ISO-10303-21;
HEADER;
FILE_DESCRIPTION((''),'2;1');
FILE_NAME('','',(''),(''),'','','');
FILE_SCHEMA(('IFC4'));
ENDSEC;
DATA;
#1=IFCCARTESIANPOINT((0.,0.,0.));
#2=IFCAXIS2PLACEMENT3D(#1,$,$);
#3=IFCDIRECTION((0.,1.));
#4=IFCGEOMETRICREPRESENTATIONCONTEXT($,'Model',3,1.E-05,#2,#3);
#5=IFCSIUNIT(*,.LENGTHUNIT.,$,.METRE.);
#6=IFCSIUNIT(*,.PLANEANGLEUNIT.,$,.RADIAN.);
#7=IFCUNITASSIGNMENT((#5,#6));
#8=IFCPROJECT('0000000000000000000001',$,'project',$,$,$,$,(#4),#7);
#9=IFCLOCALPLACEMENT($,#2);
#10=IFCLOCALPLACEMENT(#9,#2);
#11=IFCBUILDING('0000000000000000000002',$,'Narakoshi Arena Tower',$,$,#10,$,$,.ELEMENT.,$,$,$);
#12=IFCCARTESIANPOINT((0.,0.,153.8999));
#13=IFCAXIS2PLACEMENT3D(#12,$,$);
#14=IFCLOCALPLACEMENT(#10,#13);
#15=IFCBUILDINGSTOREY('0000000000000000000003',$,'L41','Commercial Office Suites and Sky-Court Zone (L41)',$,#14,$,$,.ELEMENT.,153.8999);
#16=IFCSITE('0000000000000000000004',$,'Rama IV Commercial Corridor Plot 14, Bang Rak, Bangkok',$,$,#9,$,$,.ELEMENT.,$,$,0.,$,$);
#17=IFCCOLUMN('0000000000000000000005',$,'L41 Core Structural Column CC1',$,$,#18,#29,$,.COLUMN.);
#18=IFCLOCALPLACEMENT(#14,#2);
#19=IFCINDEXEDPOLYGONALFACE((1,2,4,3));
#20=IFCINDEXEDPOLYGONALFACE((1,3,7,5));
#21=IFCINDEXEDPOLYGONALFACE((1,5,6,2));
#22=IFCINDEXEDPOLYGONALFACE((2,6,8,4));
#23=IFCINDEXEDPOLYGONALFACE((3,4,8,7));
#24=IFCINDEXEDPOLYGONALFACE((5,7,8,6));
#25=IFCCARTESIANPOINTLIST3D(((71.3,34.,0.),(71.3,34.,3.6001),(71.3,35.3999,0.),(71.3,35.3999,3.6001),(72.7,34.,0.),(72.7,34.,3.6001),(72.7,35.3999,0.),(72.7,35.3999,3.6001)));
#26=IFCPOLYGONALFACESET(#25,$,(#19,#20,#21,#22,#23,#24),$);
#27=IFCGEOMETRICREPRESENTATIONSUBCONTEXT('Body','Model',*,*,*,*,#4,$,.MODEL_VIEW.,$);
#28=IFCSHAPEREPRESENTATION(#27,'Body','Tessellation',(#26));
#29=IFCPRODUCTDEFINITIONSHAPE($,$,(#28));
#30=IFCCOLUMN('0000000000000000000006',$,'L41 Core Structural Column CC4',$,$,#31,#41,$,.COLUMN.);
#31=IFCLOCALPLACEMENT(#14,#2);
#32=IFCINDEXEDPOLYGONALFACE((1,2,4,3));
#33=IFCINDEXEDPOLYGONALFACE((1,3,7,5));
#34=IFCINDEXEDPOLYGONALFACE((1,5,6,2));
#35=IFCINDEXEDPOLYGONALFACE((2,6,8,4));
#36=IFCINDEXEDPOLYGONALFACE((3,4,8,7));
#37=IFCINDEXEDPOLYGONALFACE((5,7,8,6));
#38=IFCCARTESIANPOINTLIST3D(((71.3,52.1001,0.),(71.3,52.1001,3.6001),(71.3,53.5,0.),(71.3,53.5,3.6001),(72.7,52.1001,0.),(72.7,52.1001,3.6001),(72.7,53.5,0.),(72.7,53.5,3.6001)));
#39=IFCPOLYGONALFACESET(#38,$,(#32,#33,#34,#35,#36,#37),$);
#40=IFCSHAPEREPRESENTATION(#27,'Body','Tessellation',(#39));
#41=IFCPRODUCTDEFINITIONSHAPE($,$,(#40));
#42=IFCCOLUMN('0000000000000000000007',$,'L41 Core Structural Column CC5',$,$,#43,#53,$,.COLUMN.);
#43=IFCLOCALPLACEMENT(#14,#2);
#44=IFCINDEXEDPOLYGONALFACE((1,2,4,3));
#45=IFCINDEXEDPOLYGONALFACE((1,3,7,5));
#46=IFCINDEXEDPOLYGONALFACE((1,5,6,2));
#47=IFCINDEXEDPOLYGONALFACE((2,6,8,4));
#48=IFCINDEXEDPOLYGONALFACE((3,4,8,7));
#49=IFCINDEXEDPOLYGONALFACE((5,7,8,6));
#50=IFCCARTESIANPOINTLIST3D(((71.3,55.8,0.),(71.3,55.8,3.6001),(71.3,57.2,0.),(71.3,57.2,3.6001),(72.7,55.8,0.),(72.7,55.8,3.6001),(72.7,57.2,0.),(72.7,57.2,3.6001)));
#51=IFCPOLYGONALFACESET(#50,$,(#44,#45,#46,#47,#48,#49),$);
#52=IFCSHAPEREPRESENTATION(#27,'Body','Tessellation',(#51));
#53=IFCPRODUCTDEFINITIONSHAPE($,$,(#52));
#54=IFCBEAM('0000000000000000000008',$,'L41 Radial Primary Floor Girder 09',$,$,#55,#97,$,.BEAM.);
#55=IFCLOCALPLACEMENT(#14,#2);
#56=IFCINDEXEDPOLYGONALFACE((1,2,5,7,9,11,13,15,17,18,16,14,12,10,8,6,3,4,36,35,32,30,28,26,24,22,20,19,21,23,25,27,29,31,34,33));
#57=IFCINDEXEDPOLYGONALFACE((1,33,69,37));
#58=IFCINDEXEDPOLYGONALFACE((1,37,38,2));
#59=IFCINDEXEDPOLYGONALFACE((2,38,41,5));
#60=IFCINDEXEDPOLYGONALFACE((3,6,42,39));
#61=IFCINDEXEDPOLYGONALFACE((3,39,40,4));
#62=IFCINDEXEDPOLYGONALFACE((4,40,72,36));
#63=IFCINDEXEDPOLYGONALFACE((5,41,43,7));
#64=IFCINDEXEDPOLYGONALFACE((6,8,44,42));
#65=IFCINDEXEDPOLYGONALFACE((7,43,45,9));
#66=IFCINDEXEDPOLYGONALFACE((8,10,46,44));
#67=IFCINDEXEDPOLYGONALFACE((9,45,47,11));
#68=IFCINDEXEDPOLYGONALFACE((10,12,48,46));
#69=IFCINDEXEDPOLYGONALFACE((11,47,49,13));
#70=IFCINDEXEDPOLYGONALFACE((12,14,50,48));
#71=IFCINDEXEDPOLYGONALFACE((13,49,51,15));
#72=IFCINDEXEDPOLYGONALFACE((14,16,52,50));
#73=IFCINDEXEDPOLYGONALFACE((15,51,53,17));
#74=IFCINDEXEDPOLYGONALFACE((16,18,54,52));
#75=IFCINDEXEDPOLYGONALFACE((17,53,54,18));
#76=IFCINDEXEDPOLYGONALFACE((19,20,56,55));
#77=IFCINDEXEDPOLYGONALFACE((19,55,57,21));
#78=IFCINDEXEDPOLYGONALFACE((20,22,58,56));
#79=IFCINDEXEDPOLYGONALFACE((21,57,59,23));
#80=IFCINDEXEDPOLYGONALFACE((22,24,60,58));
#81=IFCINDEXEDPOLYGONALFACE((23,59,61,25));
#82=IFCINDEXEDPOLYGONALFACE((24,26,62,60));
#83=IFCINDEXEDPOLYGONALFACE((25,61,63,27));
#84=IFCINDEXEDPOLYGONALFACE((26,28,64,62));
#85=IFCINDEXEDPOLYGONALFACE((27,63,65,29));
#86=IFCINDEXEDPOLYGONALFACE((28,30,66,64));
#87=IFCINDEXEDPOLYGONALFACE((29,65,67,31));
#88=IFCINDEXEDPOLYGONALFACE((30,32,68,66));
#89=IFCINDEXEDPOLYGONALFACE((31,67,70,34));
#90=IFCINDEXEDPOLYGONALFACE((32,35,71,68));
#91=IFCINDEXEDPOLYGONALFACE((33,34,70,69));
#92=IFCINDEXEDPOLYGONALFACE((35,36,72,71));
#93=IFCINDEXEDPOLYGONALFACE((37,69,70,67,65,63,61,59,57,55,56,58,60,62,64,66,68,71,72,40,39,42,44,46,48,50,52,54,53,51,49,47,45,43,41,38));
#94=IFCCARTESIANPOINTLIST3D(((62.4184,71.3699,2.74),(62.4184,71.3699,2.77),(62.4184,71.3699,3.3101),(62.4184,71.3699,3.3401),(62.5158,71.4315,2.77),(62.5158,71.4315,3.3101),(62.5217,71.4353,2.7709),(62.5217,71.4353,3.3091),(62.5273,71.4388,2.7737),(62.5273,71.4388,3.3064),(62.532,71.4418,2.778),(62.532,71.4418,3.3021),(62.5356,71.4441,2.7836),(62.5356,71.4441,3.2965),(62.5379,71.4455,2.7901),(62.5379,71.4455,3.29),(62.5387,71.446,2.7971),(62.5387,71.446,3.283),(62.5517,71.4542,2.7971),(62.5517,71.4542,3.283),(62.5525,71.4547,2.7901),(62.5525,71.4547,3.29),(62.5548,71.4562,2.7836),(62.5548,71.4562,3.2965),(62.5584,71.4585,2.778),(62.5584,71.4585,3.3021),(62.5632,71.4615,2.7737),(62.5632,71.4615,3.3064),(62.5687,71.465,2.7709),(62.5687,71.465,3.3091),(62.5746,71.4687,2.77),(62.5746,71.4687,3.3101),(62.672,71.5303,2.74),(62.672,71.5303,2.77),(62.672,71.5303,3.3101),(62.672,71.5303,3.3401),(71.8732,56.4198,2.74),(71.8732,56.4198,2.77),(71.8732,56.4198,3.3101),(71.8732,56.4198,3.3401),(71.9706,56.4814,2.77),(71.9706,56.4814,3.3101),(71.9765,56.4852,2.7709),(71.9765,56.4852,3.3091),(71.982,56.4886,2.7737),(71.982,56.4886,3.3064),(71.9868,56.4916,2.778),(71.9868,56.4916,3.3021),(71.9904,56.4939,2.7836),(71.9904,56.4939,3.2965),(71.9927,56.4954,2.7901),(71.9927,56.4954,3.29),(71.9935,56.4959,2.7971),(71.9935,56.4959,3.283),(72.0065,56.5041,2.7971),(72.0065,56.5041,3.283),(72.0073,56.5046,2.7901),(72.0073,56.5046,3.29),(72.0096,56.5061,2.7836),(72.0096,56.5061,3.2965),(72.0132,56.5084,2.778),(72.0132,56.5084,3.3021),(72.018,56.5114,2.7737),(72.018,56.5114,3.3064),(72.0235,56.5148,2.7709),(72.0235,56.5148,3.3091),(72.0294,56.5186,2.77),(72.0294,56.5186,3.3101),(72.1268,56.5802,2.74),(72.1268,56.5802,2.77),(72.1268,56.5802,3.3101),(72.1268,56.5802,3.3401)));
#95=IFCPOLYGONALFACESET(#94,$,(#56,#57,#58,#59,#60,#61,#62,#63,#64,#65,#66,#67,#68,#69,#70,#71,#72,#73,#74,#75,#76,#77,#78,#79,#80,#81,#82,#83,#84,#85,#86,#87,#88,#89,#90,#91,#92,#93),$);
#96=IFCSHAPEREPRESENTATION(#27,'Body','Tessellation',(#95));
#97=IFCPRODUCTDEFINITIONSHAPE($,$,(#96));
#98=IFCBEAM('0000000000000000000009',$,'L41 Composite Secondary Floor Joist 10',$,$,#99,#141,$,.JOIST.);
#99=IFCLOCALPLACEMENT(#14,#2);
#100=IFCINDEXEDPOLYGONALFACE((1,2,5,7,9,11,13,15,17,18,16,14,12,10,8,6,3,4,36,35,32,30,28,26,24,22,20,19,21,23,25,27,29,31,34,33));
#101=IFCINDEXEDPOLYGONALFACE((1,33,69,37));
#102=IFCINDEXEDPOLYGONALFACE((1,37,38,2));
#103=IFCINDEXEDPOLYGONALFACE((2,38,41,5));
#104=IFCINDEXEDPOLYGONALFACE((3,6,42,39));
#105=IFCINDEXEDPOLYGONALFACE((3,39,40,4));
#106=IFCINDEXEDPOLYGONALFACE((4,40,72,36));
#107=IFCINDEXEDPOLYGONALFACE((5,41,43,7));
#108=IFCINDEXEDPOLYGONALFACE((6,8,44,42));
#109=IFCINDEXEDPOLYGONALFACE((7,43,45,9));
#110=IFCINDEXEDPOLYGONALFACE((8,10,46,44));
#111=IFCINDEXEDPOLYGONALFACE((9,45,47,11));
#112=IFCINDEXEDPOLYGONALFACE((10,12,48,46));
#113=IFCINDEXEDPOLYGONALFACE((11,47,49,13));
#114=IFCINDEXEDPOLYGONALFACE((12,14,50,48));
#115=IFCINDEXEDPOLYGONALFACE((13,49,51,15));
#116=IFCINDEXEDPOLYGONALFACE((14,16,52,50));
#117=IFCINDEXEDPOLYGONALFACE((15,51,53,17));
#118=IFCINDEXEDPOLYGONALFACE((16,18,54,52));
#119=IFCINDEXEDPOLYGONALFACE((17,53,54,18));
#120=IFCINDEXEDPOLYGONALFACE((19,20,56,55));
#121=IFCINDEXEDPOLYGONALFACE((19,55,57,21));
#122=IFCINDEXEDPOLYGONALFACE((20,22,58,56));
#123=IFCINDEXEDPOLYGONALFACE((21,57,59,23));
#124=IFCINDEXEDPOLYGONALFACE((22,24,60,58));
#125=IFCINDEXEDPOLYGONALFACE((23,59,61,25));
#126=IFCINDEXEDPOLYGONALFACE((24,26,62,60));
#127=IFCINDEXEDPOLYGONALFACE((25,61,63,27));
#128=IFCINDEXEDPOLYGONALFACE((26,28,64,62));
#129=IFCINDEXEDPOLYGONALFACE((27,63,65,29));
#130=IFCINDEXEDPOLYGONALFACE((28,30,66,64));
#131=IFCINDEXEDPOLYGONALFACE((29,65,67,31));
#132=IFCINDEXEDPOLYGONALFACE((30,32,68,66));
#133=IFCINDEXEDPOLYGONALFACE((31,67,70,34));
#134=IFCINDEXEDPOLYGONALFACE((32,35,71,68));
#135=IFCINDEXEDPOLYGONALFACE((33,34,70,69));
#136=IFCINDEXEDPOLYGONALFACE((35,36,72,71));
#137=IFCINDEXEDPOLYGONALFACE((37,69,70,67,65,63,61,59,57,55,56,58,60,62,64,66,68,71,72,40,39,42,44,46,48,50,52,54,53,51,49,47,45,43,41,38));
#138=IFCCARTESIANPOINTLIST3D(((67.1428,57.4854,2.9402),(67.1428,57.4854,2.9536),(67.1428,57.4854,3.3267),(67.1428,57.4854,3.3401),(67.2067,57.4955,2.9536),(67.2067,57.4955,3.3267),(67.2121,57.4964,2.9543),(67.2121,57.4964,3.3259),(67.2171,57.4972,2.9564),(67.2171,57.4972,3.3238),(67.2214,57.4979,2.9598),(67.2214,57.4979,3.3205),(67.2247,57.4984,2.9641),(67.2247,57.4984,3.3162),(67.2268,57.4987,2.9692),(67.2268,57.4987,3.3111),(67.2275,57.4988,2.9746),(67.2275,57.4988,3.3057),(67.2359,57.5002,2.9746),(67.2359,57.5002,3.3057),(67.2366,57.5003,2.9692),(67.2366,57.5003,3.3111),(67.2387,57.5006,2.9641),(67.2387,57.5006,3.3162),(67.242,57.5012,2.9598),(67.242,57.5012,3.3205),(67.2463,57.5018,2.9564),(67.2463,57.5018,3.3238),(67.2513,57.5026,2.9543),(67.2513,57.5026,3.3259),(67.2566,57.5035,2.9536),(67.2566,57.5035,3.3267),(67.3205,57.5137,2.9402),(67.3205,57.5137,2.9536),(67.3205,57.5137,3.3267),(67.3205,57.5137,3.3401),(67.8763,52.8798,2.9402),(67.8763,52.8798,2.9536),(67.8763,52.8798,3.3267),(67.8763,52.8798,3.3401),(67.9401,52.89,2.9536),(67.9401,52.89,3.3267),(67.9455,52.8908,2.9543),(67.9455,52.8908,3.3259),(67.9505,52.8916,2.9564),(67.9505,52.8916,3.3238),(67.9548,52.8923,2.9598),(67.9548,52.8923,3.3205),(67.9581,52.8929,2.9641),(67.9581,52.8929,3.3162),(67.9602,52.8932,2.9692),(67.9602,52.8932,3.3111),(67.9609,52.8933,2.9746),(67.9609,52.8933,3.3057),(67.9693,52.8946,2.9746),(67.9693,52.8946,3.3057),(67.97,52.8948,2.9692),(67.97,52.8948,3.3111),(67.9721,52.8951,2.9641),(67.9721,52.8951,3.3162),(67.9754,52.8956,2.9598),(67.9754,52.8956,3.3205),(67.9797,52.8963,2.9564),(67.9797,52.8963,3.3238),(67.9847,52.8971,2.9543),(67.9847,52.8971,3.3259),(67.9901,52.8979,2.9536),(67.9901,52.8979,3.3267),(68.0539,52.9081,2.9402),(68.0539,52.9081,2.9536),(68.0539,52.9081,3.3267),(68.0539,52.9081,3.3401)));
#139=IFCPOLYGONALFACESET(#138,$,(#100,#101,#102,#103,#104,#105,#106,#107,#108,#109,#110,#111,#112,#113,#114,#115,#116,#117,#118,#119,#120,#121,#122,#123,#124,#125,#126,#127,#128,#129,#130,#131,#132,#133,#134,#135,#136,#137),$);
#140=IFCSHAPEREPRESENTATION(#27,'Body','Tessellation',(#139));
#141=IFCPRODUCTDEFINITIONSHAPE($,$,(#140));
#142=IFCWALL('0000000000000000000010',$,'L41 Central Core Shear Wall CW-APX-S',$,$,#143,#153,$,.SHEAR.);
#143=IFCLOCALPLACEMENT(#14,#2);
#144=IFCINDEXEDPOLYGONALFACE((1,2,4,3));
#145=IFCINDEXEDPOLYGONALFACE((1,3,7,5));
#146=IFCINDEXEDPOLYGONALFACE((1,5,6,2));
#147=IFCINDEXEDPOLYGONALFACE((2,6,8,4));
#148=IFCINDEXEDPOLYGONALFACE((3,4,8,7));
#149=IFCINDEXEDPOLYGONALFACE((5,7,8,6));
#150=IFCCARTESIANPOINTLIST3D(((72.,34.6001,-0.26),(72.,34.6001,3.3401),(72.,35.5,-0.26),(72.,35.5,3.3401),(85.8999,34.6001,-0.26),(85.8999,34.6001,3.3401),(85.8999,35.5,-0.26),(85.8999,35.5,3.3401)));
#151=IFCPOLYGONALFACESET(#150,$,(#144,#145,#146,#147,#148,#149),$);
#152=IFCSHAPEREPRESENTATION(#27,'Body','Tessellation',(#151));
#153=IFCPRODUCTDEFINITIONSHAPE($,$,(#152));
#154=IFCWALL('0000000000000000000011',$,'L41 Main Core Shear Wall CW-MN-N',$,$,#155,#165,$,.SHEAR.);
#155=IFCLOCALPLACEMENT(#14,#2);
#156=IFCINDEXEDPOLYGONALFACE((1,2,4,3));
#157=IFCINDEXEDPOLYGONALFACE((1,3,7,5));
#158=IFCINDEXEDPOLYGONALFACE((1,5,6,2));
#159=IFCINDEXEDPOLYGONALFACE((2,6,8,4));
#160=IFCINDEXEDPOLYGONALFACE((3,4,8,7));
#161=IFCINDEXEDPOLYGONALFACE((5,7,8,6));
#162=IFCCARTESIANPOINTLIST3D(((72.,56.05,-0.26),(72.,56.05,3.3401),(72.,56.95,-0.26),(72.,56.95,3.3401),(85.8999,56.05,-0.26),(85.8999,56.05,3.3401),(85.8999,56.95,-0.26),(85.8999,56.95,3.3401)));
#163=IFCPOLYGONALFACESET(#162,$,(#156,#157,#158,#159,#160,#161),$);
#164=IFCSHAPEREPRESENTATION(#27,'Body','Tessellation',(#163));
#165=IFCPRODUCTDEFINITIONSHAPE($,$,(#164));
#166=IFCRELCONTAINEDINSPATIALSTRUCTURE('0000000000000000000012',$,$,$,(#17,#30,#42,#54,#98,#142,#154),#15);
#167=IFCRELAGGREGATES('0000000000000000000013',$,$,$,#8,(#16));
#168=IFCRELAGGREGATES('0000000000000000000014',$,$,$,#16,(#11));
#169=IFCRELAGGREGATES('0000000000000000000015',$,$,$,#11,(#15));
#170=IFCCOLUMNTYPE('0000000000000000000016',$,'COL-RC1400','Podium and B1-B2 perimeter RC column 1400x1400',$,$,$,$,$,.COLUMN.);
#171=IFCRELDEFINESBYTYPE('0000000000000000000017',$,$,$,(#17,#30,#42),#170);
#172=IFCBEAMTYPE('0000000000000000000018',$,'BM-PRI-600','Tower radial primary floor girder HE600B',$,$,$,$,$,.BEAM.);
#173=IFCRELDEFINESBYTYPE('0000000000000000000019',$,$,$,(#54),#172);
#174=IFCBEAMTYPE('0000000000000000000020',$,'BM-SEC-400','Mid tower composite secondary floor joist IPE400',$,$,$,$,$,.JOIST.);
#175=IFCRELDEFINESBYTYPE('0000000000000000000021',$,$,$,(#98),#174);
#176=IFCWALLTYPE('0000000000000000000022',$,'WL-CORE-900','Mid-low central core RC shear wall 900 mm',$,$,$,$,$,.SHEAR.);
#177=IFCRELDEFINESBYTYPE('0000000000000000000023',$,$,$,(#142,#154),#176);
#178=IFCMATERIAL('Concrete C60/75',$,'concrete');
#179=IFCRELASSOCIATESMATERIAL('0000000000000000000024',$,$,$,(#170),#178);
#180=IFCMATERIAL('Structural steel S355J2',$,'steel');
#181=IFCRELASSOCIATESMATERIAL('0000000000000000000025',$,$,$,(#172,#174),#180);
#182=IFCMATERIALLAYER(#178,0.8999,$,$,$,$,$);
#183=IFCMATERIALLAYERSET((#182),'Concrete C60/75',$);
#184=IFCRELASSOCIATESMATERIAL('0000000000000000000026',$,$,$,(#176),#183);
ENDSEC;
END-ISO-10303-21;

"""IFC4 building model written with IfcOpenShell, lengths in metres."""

from ifc_helpers import new_model, si_unit, direction, frame, frame_2d, origin, origin_2d, place, context, subcontext, project, spatial, rectangle, i_section, extrude, material, layer, layer_set, material_profile, profile_set, type_object, element, save


model = new_model("IFC4")

# Units and contexts
model_context = context("Model", 3, precision=1e-05, world=origin(), true_north=direction((0.0, 1.0)))
body_context = subcontext(model_context, "Body", "Model", "MODEL_VIEW")
ifc_project = project(units=[si_unit("LENGTHUNIT", "METRE"), si_unit("PLANEANGLEUNIT", "RADIAN")], contexts=[model_context])

# Site, building, storey
site_placement = place(None, origin())
site = spatial("IfcSite", under=ifc_project, at=site_placement, Name="Rama IV Commercial Corridor Plot 14, Bang Rak, Bangkok", CompositionType="ELEMENT", RefElevation=0.0)
building_placement = place(site_placement, origin())
building = spatial("IfcBuilding", under=site, at=building_placement, Name="Narakoshi Arena Tower", CompositionType="ELEMENT")
storey_placement = place(building_placement, frame((0.0, 0.0, 153.8999)))
storey = spatial("IfcBuildingStorey", under=building, at=storey_placement, Name="L41", Description="Commercial Office Suites and Sky-Court Zone (L41)", CompositionType="ELEMENT", Elevation=153.8999)

# Columns
ifc_material_1 = material(Name="Concrete C60/75", Category="concrete")
ifc_material_profile_1 = material_profile(ifc_material_1, rectangle(XDim=1.3999, YDim=1.3999, at=origin_2d()), Name="RC1400x1400")
ifc_profile_set_1 = profile_set([ifc_material_profile_1], Name="Concrete C60/75")
column_type = type_object("IfcColumnType", Name="COL-RC1400", Description="Podium and B1-B2 perimeter RC column 1400x1400", PredefinedType="COLUMN", material=ifc_profile_set_1)
for number, where, z_axis, x_axis, name in (
    (1, (72.0, 34.7, 0.0), (0.0, 0.0, 1.0), (1.0, 0.0, 0.0), "L41 Core Structural Column CC1"),
    (2, (72.0, 52.8, 0.0), (0.0, 0.0, 1.0), (1.0, 0.0, 0.0), "L41 Core Structural Column CC4"),
    (3, (72.0, 56.5, 0.0), (0.0, 0.0, 1.0), (1.0, 0.0, 0.0), "L41 Core Structural Column CC5"),
):
    element("IfcColumn", number, at=place(storey_placement, frame(where, z_axis=z_axis, x_axis=x_axis)), inside=storey, type_object=column_type, Name=name, PredefinedType="COLUMN", context=body_context, shape_type="SweptSolid", body=[
        extrude(rectangle(XDim=1.3999, YDim=1.3999, at=origin_2d()), origin(), (0.0, 0.0, 1.0), 3.6001),
    ])

# Beams
ifc_material_2 = material(Name="Structural steel S355J2", Category="steel")
ifc_material_profile_2 = material_profile(ifc_material_2, i_section(OverallWidth=0.3, OverallDepth=0.6001, WebThickness=0.0154, FlangeThickness=0.03, FilletRadius=0.0271, at=origin_2d()), Name="HE600B")
ifc_profile_set_2 = profile_set([ifc_material_profile_2], Name="Structural steel S355J2")
beam_type_1 = type_object("IfcBeamType", Name="BM-PRI-600", Description="Tower radial primary floor girder HE600B", PredefinedType="BEAM", material=ifc_profile_set_2)
beam_1_placement = place(storey_placement, frame((72.0, 56.5, 3.04), z_axis=(-0.534502, 0.845167, 0.0), x_axis=(-0.845167, -0.534502, 0.0)))
element("IfcBeam", 4, at=beam_1_placement, inside=storey, type_object=beam_type_1, Name="L41 Radial Primary Floor Girder 09", PredefinedType="BEAM", context=body_context, shape_type="SweptSolid", body=[
    extrude(i_section(OverallWidth=0.3, OverallDepth=0.6001, WebThickness=0.0154, FlangeThickness=0.03, FilletRadius=0.0271, at=origin_2d()), origin(), (0.0, 0.0, 1.0), 17.689),
])
ifc_material_profile_3 = material_profile(ifc_material_2, i_section(OverallWidth=0.1799, OverallDepth=0.3999, WebThickness=0.0085, FlangeThickness=0.0134, FilletRadius=0.021, at=origin_2d()), Name="IPE400")
ifc_profile_set_3 = profile_set([ifc_material_profile_3], Name="Structural steel S355J2")
beam_type_2 = type_object("IfcBeamType", Name="BM-SEC-400", Description="Mid tower composite secondary floor joist IPE400", PredefinedType="JOIST", material=ifc_profile_set_3)
beam_2_placement = place(storey_placement, frame((67.2317, 57.4995, 3.1401), z_axis=(0.157264, -0.987557, 0.0), x_axis=(0.987557, 0.157264, 0.0)))
element("IfcBeam", 5, at=beam_2_placement, inside=storey, type_object=beam_type_2, Name="L41 Composite Secondary Floor Joist 10", PredefinedType="JOIST", context=body_context, shape_type="SweptSolid", body=[
    extrude(i_section(OverallWidth=0.1799, OverallDepth=0.3999, WebThickness=0.0085, FlangeThickness=0.0134, FilletRadius=0.021, at=origin_2d()), origin(), (0.0, 0.0, 1.0), 4.6636),
])

# Walls
ifc_layer_1 = layer(ifc_material_1, 0.8999)
ifc_layer_set_1 = layer_set([ifc_layer_1], Name="Concrete C60/75")
wall_type_1 = type_object("IfcWallType", Name="WL-CORE-900", Description="Mid-low central core RC shear wall 900 mm", PredefinedType="SHEAR", material=ifc_layer_set_1)
for number, where, z_axis, x_axis, name in (
    (6, (72.0, 35.05, -0.26), (0.0, 0.0, 1.0), (1.0, 0.0, 0.0), "L41 Central Core Shear Wall CW-APX-S"),
    (7, (72.0, 56.5, -0.26), (0.0, 0.0, 1.0), (1.0, 0.0, 0.0), "L41 Main Core Shear Wall CW-MN-N"),
):
    element("IfcWall", number, at=place(storey_placement, frame(where, z_axis=z_axis, x_axis=x_axis)), inside=storey, type_object=wall_type_1, Name=name, PredefinedType="SHEAR", context=body_context, shape_type="SweptSolid", body=[
        extrude(rectangle(XDim=13.8999, YDim=0.8999, at=frame_2d((6.95, 0.0))), origin(), (0.0, 0.0, 1.0), 3.6001),
    ])

save(model, "model.ifc")
